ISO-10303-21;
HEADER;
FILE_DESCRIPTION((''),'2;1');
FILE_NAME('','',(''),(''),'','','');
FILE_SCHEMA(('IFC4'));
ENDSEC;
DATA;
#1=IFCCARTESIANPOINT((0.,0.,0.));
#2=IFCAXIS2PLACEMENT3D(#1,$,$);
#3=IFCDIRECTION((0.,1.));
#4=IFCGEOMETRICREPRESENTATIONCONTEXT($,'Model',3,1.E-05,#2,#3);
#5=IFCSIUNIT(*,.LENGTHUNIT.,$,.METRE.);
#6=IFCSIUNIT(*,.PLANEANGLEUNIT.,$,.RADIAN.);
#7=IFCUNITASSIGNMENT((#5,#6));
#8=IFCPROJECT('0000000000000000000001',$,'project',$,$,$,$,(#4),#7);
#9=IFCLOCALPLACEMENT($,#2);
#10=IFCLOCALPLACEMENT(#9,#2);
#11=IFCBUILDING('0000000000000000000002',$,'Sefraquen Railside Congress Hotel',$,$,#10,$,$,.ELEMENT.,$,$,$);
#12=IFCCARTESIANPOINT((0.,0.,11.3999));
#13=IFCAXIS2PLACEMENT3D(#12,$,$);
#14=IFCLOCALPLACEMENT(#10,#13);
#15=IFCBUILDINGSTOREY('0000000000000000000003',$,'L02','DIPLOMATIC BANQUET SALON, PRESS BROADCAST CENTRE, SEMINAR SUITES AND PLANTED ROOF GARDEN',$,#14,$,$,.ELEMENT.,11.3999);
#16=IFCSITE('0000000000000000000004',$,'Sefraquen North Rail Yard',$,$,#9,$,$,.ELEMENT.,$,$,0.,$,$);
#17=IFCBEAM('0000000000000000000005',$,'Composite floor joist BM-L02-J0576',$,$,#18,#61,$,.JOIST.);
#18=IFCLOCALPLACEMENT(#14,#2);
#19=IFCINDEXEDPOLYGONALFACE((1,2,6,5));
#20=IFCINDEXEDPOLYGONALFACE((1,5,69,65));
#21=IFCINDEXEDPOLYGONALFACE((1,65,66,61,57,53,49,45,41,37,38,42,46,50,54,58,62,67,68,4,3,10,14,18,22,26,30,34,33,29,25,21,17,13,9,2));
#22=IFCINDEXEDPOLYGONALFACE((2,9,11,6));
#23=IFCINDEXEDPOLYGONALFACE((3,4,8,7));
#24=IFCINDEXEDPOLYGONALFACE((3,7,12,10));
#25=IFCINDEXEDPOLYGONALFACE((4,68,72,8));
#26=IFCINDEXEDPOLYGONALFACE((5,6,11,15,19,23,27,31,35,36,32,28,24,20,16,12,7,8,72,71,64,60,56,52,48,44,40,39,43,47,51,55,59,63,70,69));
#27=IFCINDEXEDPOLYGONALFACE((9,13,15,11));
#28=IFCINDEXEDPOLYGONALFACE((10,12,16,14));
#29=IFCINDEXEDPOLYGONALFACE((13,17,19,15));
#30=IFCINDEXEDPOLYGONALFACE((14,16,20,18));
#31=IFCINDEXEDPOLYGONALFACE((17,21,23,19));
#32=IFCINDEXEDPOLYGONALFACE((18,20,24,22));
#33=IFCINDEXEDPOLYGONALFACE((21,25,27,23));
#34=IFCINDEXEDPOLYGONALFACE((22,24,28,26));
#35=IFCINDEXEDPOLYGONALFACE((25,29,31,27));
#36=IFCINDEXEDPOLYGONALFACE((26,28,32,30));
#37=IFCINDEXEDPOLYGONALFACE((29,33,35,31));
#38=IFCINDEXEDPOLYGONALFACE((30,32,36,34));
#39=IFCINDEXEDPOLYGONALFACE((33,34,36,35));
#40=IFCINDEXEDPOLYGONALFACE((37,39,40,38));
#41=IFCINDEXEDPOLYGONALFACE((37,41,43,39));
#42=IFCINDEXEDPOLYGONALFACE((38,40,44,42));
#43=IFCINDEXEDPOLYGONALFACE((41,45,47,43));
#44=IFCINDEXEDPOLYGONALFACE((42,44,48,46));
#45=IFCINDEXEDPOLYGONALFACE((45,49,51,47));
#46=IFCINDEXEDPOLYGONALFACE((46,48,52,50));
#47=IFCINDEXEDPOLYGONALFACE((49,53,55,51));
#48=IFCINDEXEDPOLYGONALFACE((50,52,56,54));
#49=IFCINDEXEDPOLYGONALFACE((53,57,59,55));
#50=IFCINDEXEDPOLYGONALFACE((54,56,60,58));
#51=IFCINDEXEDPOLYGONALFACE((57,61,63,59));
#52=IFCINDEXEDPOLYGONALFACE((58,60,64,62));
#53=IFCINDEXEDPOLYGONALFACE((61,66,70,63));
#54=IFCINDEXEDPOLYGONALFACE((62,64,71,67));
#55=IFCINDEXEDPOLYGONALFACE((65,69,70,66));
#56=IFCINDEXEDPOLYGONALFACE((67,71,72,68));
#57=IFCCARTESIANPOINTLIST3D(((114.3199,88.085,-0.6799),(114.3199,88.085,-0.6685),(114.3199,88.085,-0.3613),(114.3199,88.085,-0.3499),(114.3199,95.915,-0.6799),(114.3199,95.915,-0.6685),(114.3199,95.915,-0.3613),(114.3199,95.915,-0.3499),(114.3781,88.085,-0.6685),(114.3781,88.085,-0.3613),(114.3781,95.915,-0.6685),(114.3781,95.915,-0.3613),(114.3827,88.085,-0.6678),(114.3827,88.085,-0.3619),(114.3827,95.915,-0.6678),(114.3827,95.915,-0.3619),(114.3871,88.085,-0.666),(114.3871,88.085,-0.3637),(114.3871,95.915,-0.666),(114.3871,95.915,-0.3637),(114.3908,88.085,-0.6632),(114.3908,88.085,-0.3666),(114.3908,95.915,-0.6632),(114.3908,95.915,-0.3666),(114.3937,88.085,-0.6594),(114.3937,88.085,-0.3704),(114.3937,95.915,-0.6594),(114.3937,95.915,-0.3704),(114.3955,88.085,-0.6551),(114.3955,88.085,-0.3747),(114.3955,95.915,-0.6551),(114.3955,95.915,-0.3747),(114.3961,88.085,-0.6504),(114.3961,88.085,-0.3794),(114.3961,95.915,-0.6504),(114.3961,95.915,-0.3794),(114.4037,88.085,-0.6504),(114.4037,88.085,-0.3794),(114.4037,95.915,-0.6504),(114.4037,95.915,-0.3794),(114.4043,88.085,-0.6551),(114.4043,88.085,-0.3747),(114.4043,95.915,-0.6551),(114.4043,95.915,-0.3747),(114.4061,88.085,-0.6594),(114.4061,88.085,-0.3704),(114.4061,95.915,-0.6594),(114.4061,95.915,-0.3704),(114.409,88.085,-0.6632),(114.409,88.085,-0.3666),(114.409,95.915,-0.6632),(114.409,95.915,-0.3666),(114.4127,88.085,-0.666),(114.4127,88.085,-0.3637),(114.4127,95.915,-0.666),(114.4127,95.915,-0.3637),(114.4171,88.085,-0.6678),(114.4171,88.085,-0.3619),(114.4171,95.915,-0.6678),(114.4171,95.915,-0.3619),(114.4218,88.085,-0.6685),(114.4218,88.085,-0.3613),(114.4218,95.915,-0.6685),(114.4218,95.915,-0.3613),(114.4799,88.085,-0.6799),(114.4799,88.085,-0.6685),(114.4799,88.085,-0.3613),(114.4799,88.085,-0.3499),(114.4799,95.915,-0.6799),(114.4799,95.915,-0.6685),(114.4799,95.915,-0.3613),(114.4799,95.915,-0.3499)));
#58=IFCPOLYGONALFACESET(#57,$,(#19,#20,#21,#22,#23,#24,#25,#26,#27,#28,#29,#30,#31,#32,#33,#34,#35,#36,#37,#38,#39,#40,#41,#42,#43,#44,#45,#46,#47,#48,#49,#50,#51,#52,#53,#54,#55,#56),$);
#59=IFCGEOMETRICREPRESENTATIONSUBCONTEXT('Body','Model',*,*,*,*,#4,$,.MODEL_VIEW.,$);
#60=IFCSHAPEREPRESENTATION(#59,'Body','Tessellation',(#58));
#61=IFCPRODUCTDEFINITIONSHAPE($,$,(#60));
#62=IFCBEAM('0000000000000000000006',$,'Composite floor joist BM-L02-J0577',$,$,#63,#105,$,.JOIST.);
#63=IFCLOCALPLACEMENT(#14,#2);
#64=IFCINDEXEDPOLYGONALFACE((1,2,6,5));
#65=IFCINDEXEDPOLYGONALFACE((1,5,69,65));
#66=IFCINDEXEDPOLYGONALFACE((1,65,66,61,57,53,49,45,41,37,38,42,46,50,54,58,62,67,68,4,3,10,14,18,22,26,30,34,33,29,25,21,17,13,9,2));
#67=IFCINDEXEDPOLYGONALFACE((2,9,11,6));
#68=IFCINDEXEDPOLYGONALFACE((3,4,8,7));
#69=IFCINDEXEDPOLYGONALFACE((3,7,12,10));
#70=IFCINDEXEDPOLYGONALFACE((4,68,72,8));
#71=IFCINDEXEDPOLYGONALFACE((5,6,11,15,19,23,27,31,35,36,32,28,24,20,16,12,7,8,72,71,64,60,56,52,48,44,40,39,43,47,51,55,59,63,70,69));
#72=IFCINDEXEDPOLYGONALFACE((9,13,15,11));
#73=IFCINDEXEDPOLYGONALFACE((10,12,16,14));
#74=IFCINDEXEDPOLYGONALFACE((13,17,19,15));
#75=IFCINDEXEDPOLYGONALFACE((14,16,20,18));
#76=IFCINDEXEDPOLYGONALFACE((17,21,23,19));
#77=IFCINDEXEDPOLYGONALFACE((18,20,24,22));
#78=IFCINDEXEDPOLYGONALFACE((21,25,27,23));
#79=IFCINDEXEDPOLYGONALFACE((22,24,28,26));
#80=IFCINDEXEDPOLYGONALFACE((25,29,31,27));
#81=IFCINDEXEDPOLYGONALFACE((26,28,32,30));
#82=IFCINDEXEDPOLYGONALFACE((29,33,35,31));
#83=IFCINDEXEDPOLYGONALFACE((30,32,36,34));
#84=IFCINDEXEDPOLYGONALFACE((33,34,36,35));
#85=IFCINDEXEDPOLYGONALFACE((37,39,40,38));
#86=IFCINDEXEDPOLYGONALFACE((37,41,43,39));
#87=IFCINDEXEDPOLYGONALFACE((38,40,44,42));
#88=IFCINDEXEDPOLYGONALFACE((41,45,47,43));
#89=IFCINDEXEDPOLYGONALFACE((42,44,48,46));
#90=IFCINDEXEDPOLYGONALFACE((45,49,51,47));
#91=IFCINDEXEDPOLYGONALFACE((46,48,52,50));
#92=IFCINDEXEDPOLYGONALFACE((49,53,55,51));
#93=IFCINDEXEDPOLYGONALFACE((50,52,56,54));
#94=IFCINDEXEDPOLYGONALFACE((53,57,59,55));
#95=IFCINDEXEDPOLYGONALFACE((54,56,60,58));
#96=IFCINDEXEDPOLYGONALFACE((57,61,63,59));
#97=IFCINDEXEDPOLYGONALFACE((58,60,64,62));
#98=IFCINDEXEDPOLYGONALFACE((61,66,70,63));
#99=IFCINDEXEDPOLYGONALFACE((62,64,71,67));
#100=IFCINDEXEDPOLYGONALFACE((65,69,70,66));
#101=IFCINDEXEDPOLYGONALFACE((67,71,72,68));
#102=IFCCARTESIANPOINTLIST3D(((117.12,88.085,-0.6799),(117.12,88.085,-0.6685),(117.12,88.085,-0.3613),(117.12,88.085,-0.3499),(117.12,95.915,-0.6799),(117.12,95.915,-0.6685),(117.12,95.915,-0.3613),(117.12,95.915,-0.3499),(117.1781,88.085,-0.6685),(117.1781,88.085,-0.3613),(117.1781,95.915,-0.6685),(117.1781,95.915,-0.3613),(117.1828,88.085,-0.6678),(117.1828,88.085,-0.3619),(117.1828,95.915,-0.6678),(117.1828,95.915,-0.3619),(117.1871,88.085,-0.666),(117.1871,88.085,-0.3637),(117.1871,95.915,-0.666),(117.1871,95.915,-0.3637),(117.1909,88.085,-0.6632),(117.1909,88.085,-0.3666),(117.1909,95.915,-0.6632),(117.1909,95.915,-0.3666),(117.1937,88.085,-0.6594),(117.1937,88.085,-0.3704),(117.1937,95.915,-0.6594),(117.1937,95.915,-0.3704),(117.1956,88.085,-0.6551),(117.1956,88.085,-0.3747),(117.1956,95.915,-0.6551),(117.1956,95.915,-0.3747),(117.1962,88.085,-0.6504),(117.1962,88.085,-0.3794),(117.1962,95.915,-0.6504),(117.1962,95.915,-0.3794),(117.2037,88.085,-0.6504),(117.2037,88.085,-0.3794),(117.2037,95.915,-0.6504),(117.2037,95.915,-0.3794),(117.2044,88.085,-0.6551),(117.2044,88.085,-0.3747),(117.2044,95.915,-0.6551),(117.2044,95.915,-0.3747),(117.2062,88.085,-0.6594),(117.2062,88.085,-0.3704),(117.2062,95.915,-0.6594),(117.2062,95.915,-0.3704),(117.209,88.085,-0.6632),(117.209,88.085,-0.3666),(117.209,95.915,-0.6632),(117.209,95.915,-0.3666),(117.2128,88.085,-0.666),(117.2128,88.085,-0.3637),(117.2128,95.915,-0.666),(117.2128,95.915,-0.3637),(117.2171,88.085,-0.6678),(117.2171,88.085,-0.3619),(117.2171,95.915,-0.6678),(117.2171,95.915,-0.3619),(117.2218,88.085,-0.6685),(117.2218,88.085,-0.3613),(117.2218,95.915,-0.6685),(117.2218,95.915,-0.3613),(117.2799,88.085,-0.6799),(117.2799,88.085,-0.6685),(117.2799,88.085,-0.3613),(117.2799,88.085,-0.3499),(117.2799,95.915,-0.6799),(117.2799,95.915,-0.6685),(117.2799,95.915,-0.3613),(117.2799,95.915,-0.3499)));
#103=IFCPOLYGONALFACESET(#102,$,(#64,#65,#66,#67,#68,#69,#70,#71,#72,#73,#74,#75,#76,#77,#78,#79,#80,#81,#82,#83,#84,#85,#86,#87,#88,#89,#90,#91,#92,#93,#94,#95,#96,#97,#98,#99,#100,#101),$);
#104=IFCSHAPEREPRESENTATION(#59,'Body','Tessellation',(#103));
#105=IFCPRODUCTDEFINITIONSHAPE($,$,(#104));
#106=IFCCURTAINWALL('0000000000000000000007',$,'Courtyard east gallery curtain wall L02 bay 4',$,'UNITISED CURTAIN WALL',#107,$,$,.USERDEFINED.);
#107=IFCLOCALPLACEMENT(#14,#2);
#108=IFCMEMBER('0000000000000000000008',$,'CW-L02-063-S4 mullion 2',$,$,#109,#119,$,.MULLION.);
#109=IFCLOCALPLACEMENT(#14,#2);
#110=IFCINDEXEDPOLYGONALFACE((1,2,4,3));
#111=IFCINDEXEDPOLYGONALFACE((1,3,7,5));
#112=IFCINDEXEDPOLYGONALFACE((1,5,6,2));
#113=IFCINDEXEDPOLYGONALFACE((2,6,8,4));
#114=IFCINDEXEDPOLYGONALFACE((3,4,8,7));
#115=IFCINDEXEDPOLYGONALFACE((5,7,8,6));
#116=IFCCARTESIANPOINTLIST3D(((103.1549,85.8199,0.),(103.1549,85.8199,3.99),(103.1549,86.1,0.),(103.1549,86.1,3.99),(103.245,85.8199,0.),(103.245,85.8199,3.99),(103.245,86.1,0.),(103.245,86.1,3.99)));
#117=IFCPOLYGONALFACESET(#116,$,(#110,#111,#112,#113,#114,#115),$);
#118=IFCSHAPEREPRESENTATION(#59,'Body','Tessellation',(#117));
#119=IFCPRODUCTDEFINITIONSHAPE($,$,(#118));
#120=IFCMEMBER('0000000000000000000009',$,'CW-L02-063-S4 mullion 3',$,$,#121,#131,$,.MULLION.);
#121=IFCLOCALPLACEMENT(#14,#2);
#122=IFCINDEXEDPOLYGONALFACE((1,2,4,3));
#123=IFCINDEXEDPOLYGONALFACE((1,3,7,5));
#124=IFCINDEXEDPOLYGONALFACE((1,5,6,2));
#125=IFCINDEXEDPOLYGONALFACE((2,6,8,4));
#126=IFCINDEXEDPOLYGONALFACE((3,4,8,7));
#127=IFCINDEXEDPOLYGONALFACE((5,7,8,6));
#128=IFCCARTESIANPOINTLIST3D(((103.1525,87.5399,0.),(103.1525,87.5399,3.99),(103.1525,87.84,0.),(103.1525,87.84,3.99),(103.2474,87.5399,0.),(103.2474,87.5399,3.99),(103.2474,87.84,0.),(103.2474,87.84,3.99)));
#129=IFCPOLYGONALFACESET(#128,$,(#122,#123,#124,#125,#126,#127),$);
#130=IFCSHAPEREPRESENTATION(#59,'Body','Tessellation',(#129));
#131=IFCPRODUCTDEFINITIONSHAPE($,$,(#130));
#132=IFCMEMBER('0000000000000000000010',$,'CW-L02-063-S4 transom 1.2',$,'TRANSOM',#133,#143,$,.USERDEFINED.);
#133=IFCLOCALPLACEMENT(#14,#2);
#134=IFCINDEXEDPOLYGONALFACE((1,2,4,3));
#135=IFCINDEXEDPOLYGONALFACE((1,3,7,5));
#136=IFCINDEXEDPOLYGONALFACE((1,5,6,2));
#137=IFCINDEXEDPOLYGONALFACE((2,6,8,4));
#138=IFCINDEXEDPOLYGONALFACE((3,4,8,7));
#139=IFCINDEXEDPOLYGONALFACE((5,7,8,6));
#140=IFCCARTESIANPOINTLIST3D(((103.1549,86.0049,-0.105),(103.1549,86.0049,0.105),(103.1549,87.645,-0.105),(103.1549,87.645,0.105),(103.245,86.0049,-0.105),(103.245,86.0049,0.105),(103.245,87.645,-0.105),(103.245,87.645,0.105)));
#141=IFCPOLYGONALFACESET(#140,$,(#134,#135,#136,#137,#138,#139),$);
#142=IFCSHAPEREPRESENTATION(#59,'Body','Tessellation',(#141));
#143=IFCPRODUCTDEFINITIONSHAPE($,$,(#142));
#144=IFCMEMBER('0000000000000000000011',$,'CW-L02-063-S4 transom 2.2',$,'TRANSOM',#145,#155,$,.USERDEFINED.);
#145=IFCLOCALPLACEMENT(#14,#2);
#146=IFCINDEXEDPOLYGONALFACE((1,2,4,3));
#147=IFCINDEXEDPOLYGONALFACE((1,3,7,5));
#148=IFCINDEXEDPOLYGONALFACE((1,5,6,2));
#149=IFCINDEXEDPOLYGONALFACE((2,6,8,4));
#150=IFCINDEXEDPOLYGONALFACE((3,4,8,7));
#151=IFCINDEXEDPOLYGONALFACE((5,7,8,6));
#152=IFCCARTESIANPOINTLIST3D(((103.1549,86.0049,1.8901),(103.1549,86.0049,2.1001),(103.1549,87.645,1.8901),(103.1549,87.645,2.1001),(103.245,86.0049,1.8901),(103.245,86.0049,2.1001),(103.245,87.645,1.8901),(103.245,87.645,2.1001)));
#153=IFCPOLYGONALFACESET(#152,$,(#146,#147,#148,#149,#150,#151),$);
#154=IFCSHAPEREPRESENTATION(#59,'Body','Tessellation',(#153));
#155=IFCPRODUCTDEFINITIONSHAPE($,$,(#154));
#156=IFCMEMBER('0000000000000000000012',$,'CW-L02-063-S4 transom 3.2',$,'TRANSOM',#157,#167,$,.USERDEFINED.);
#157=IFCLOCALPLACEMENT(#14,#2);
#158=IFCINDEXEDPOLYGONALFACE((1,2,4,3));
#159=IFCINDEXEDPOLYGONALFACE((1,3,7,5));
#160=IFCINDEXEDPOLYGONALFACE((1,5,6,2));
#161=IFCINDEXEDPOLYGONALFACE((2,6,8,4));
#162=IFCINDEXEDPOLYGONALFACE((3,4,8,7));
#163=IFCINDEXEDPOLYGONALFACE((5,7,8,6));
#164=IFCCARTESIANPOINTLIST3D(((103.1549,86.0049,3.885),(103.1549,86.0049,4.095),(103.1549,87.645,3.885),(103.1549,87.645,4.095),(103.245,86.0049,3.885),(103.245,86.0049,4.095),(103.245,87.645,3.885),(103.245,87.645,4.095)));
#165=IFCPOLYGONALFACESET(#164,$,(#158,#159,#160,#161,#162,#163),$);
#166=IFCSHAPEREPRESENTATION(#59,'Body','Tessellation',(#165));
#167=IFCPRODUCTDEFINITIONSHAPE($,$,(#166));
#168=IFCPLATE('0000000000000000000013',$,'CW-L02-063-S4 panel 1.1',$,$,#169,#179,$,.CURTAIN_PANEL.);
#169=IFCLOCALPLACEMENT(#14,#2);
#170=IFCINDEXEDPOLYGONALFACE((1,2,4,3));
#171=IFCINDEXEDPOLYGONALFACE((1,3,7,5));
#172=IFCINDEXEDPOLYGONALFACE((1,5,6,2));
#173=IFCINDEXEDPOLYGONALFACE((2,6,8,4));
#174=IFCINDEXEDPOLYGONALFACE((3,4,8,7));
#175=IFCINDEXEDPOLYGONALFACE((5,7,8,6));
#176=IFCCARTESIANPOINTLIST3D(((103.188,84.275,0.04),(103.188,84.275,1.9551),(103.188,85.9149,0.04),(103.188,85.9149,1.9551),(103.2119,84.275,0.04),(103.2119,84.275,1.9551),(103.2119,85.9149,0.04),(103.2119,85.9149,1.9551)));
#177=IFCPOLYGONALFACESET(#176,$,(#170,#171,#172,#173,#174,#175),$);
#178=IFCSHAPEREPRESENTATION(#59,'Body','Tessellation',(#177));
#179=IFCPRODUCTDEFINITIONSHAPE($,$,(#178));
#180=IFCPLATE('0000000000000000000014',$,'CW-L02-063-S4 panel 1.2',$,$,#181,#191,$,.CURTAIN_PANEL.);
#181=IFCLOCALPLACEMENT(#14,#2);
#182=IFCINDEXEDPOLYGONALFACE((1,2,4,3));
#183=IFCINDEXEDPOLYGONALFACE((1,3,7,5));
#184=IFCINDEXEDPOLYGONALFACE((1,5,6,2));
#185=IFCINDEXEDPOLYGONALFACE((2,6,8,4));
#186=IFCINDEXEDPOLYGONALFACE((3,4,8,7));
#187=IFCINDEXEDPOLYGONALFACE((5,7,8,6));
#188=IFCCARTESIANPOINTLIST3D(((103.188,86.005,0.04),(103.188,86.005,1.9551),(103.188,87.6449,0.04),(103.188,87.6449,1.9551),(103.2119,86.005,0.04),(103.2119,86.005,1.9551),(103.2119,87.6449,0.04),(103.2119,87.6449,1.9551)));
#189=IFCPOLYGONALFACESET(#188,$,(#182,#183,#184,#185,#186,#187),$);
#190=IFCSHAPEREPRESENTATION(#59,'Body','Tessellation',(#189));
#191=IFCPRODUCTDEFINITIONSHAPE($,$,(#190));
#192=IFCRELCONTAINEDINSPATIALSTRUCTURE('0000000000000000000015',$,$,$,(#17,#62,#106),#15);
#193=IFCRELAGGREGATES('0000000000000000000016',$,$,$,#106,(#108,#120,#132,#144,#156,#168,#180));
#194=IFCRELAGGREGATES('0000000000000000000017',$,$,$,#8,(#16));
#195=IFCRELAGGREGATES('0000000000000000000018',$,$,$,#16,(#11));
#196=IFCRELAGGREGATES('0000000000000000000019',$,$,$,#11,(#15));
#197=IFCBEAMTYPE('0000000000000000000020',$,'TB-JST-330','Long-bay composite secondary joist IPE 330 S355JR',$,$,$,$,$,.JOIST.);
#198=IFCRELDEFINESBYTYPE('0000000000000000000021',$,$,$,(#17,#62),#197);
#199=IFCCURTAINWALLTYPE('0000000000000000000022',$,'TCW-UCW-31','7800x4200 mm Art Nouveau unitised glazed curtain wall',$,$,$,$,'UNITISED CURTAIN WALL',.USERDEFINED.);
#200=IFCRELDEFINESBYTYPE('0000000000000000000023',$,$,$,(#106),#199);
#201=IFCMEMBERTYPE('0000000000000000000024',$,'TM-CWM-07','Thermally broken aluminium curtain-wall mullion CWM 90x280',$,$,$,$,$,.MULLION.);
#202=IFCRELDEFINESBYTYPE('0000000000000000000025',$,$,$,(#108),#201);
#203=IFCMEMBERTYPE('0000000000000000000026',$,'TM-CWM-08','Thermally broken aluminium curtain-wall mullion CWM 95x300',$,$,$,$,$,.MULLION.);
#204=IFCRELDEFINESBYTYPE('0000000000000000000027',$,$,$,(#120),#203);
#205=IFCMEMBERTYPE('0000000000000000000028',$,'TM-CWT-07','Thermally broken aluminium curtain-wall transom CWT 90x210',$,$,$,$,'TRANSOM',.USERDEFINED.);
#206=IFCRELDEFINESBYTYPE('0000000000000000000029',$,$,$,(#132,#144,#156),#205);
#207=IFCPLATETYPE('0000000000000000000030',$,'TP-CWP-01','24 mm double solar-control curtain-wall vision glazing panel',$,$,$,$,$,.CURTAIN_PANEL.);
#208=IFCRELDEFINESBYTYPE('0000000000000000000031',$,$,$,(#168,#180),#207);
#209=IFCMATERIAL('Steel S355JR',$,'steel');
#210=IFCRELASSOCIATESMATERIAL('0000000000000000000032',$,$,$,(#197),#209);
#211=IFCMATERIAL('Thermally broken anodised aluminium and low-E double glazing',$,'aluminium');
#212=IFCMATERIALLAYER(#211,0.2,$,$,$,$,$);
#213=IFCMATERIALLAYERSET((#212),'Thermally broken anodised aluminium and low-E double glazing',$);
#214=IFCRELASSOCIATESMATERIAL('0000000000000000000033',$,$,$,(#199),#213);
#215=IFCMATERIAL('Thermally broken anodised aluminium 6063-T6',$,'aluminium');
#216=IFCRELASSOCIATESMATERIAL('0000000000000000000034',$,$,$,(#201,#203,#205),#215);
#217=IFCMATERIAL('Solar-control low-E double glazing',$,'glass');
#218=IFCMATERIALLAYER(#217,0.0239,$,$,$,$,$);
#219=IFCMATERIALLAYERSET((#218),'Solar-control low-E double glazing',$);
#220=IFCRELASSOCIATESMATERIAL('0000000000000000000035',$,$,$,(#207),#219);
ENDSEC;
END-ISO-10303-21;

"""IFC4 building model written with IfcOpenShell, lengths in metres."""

from ifc_helpers import new_model, si_unit, direction, frame, origin, origin_2d, place, context, subcontext, project, spatial, rectangle, i_section, extrude, material, layer, layer_set, material_profile, profile_set, type_object, element, aggregate, save


model = new_model("IFC4")

# Units and contexts
model_context = context("Model", 3, precision=1e-05, world=origin(), true_north=direction((0.0, 1.0)))
body_context = subcontext(model_context, "Body", "Model", "MODEL_VIEW")
ifc_project = project(units=[si_unit("LENGTHUNIT", "METRE"), si_unit("PLANEANGLEUNIT", "RADIAN")], contexts=[model_context])

# Site, building, storey
site_placement = place(None, origin())
site = spatial("IfcSite", under=ifc_project, at=site_placement, Name="Sefraquen North Rail Yard", CompositionType="ELEMENT", RefElevation=0.0)
building_placement = place(site_placement, origin())
building = spatial("IfcBuilding", under=site, at=building_placement, Name="Sefraquen Railside Congress Hotel", CompositionType="ELEMENT")
storey_placement = place(building_placement, frame((0.0, 0.0, 11.3999)))
storey = spatial("IfcBuildingStorey", under=building, at=storey_placement, Name="L02", Description="DIPLOMATIC BANQUET SALON, PRESS BROADCAST CENTRE, SEMINAR SUITES AND PLANTED ROOF GARDEN", CompositionType="ELEMENT", Elevation=11.3999)

# Shared definitions
ifc_material_1 = material(Name="Steel S355JR", Category="steel")

# Beams
ifc_material_profile_1 = material_profile(ifc_material_1, i_section(OverallWidth=0.1599, OverallDepth=0.3301, WebThickness=0.0076, FlangeThickness=0.0115, FilletRadius=0.0181, at=origin_2d()), Name="IPE 330")
ifc_profile_set_1 = profile_set([ifc_material_profile_1], Name="Steel S355JR")
beam_type_1 = type_object("IfcBeamType", Name="TB-JST-330", Description="Long-bay composite secondary joist IPE 330 S355JR", PredefinedType="JOIST", material=ifc_profile_set_1)
for number, where, z_axis, x_axis, name in (
    (1, (114.3999, 88.085, -0.5149), (0.0, 1.0, 0.0), (-1.0, 0.0, 0.0), "Composite floor joist BM-L02-J0576"),
    (2, (117.2, 88.085, -0.5149), (0.0, 1.0, 0.0), (-1.0, 0.0, 0.0), "Composite floor joist BM-L02-J0577"),
):
    element("IfcBeam", number, at=place(storey_placement, frame(where, z_axis=z_axis, x_axis=x_axis)), inside=storey, type_object=beam_type_1, Name=name, PredefinedType="JOIST", context=body_context, shape_type="SweptSolid", body=[
        extrude(i_section(OverallWidth=0.1599, OverallDepth=0.3301, WebThickness=0.0076, FlangeThickness=0.0115, FilletRadius=0.0181, at=origin_2d()), origin(), (0.0, 0.0, 1.0), 7.8301),
    ])

# Curtain wall, members, plates
ifc_material_2 = material(Name="Thermally broken anodised aluminium and low-E double glazing", Category="aluminium")
ifc_layer_1 = layer(ifc_material_2, 0.2)
ifc_layer_set_1 = layer_set([ifc_layer_1], Name="Thermally broken anodised aluminium and low-E double glazing")
curtain_wall_type = type_object("IfcCurtainWallType", Name="TCW-UCW-31", Description="7800x4200 mm Art Nouveau unitised glazed curtain wall", ElementType="UNITISED CURTAIN WALL", PredefinedType="USERDEFINED", material=ifc_layer_set_1)
curtain_wall_placement = place(storey_placement, origin())
curtain_wall = element("IfcCurtainWall", 3, at=curtain_wall_placement, inside=storey, type_object=curtain_wall_type, Name="Courtyard east gallery curtain wall L02 bay 4", ObjectType="UNITISED CURTAIN WALL", PredefinedType="USERDEFINED")
ifc_material_3 = material(Name="Thermally broken anodised aluminium 6063-T6", Category="aluminium")
ifc_material_profile_2 = material_profile(ifc_material_3, rectangle(XDim=0.0901, YDim=0.28, at=origin_2d()), Name="CWM 90x280")
ifc_profile_set_2 = profile_set([ifc_material_profile_2], Name="Thermally broken anodised aluminium 6063-T6")
member_type_1 = type_object("IfcMemberType", Name="TM-CWM-07", Description="Thermally broken aluminium curtain-wall mullion CWM 90x280", PredefinedType="MULLION", material=ifc_profile_set_2)
member_1_placement = place(storey_placement, frame((103.2, 85.96, 0.0), z_axis=(0.0, 0.0, 1.0), x_axis=(1.0, 0.0, 0.0)))
member_1 = element("IfcMember", 4, at=member_1_placement, type_object=member_type_1, Name="CW-L02-063-S4 mullion 2", PredefinedType="MULLION", context=body_context, shape_type="SweptSolid", body=[
    extrude(rectangle(XDim=0.0901, YDim=0.28, at=origin_2d()), origin(), (0.0, 0.0, 1.0), 3.99),
])
ifc_material_profile_3 = material_profile(ifc_material_3, rectangle(XDim=0.095, YDim=0.3, at=origin_2d()), Name="CWM 95x300")
ifc_profile_set_3 = profile_set([ifc_material_profile_3], Name="Thermally broken anodised aluminium 6063-T6")
member_type_2 = type_object("IfcMemberType", Name="TM-CWM-08", Description="Thermally broken aluminium curtain-wall mullion CWM 95x300", PredefinedType="MULLION", material=ifc_profile_set_3)
member_2_placement = place(storey_placement, frame((103.2, 87.6899, 0.0), z_axis=(0.0, 0.0, 1.0), x_axis=(1.0, 0.0, 0.0)))
member_2 = element("IfcMember", 5, at=member_2_placement, type_object=member_type_2, Name="CW-L02-063-S4 mullion 3", PredefinedType="MULLION", context=body_context, shape_type="SweptSolid", body=[
    extrude(rectangle(XDim=0.095, YDim=0.3, at=origin_2d()), origin(), (0.0, 0.0, 1.0), 3.99),
])
ifc_material_profile_4 = material_profile(ifc_material_3, rectangle(XDim=0.0901, YDim=0.21, at=origin_2d()), Name="CWT 90x210")
ifc_profile_set_4 = profile_set([ifc_material_profile_4], Name="Thermally broken anodised aluminium 6063-T6")
member_type_3 = type_object("IfcMemberType", Name="TM-CWT-07", Description="Thermally broken aluminium curtain-wall transom CWT 90x210", ElementType="TRANSOM", PredefinedType="USERDEFINED", material=ifc_profile_set_4)
member_3_placement = place(storey_placement, frame((103.2, 86.0049, 0.0), z_axis=(0.0, 1.0, 0.0), x_axis=(-1.0, 0.0, 0.0)))
member_3 = element("IfcMember", 6, at=member_3_placement, type_object=member_type_3, Name="CW-L02-063-S4 transom 1.2", ObjectType="TRANSOM", PredefinedType="USERDEFINED", context=body_context, shape_type="SweptSolid", body=[
    extrude(rectangle(XDim=0.0901, YDim=0.21, at=origin_2d()), origin(), (0.0, 0.0, 1.0), 1.6401),
])
member_4_placement = place(storey_placement, frame((103.2, 86.0049, 1.9951), z_axis=(0.0, 1.0, 0.0), x_axis=(-1.0, 0.0, 0.0)))
member_4 = element("IfcMember", 7, at=member_4_placement, type_object=member_type_3, Name="CW-L02-063-S4 transom 2.2", ObjectType="TRANSOM", PredefinedType="USERDEFINED", context=body_context, shape_type="SweptSolid", body=[
    extrude(rectangle(XDim=0.0901, YDim=0.21, at=origin_2d()), origin(), (0.0, 0.0, 1.0), 1.6401),
])
member_5_placement = place(storey_placement, frame((103.2, 86.0049, 3.99), z_axis=(0.0, 1.0, 0.0), x_axis=(-1.0, 0.0, 0.0)))
member_5 = element("IfcMember", 8, at=member_5_placement, type_object=member_type_3, Name="CW-L02-063-S4 transom 3.2", ObjectType="TRANSOM", PredefinedType="USERDEFINED", context=body_context, shape_type="SweptSolid", body=[
    extrude(rectangle(XDim=0.0901, YDim=0.21, at=origin_2d()), origin(), (0.0, 0.0, 1.0), 1.6401),
])
ifc_material_4 = material(Name="Solar-control low-E double glazing", Category="glass")
ifc_layer_2 = layer(ifc_material_4, 0.0239)
ifc_layer_set_2 = layer_set([ifc_layer_2], Name="Solar-control low-E double glazing")
plate_type_1 = type_object("IfcPlateType", Name="TP-CWP-01", Description="24 mm double solar-control curtain-wall vision glazing panel", PredefinedType="CURTAIN_PANEL", material=ifc_layer_set_2)
plate_1_placement = place(storey_placement, frame((103.2, 85.095, 0.04), z_axis=(0.0, 0.0, 1.0), x_axis=(0.0, 1.0, 0.0)))
plate_1 = element("IfcPlate", 9, at=plate_1_placement, type_object=plate_type_1, Name="CW-L02-063-S4 panel 1.1", PredefinedType="CURTAIN_PANEL", context=body_context, shape_type="SweptSolid", body=[
    extrude(rectangle(XDim=1.6399, YDim=0.0239, at=origin_2d()), origin(), (0.0, 0.0, 1.0), 1.915),
])
plate_2_placement = place(storey_placement, frame((103.2, 86.825, 0.04), z_axis=(0.0, 0.0, 1.0), x_axis=(0.0, 1.0, 0.0)))
plate_2 = element("IfcPlate", 10, at=plate_2_placement, type_object=plate_type_1, Name="CW-L02-063-S4 panel 1.2", PredefinedType="CURTAIN_PANEL", context=body_context, shape_type="SweptSolid", body=[
    extrude(rectangle(XDim=1.6399, YDim=0.0239, at=origin_2d()), origin(), (0.0, 0.0, 1.0), 1.915),
])
aggregate(curtain_wall, [member_1, member_2, member_3, member_4, member_5, plate_1, plate_2])

save(model, "model.ifc")
